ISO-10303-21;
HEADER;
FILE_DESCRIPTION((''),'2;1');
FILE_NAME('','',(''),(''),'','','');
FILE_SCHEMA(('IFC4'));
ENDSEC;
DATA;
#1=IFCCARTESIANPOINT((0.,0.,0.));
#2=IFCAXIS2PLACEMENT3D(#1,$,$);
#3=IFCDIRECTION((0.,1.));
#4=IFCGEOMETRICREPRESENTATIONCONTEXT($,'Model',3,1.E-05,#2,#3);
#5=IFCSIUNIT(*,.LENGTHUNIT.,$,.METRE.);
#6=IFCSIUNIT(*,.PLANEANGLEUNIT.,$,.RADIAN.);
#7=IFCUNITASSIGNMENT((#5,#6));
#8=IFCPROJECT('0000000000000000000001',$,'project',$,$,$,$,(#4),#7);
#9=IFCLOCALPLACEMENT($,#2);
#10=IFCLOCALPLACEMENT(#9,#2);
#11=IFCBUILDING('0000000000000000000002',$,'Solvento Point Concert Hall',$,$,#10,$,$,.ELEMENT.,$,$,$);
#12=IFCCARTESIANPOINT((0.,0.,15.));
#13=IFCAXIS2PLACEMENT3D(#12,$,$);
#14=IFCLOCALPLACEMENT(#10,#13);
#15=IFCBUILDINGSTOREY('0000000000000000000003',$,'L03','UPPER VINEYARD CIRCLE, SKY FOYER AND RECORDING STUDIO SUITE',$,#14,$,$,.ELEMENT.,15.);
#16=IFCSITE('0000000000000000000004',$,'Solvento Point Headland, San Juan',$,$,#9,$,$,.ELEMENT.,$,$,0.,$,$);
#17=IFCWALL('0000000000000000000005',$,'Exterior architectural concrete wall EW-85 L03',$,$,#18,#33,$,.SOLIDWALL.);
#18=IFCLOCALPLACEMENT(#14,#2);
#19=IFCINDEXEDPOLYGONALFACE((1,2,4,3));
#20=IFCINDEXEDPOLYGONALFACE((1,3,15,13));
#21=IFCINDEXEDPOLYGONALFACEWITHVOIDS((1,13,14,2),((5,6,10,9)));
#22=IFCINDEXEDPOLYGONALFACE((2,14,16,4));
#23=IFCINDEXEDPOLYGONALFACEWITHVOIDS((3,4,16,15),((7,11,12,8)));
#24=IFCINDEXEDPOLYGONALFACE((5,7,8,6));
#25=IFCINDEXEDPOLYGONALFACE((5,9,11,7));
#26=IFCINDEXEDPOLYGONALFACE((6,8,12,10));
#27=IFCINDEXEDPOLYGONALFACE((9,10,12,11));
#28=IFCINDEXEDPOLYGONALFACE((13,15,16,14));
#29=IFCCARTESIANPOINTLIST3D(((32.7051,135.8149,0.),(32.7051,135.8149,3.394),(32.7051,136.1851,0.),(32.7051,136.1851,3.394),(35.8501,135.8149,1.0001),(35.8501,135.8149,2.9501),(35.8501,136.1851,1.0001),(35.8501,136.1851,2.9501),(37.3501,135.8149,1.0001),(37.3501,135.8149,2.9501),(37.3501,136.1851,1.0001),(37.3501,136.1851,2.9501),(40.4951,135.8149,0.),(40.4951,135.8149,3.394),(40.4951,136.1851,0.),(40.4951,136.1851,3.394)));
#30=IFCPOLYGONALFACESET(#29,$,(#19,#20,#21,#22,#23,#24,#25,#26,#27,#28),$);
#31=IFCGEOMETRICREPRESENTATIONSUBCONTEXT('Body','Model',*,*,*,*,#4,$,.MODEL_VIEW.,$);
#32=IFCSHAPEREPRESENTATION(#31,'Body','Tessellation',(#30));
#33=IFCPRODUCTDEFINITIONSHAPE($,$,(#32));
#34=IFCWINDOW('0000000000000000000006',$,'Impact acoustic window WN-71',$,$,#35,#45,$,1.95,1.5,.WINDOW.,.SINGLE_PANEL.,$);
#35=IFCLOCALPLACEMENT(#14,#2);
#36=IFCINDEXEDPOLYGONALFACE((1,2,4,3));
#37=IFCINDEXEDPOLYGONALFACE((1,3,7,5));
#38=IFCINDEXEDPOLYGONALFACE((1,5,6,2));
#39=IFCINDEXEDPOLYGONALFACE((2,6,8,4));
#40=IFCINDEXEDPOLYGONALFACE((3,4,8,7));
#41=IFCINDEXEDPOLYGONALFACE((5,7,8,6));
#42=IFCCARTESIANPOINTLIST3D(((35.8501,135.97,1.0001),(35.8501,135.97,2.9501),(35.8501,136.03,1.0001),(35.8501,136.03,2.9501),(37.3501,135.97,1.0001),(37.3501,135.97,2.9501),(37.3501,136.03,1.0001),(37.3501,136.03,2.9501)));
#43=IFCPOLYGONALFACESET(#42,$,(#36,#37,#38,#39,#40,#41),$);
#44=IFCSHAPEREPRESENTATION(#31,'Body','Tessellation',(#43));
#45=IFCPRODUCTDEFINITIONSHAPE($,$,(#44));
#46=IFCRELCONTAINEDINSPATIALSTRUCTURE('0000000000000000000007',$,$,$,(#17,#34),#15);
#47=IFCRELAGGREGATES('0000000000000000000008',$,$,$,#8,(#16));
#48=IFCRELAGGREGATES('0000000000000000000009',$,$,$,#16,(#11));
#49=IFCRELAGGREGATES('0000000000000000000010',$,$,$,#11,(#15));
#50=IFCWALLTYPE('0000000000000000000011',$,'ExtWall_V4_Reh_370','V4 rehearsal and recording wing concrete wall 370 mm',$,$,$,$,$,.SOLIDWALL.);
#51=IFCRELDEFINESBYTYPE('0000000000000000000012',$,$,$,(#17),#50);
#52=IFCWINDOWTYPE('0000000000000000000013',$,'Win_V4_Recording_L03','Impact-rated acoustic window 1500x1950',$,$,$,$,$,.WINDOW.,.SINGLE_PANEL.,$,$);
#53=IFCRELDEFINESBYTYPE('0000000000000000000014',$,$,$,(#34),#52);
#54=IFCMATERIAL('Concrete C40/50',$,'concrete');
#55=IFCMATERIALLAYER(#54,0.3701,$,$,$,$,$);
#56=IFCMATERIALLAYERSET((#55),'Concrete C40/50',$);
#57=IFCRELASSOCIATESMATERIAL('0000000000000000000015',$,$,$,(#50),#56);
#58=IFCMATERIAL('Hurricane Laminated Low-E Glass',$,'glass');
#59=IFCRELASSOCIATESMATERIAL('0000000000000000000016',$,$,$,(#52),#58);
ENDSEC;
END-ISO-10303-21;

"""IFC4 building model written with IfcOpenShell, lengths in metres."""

from ifc_helpers import new_model, si_unit, direction, frame, frame_2d, origin, place, context, subcontext, project, spatial, rectangle, extrude, material, layer, layer_set, type_object, element, fill, save


model = new_model("IFC4")

# Units and contexts
model_context = context("Model", 3, precision=1e-05, world=origin(), true_north=direction((0.0, 1.0)))
body_context = subcontext(model_context, "Body", "Model", "MODEL_VIEW")
ifc_project = project(units=[si_unit("LENGTHUNIT", "METRE"), si_unit("PLANEANGLEUNIT", "RADIAN")], contexts=[model_context])

# Site, building, storey
site_placement = place(None, origin())
site = spatial("IfcSite", under=ifc_project, at=site_placement, Name="Solvento Point Headland, San Juan", CompositionType="ELEMENT", RefElevation=0.0)
building_placement = place(site_placement, origin())
building = spatial("IfcBuilding", under=site, at=building_placement, Name="Solvento Point Concert Hall", CompositionType="ELEMENT")
storey_placement = place(building_placement, frame((0.0, 0.0, 15.0)))
storey = spatial("IfcBuildingStorey", under=building, at=storey_placement, Name="L03", Description="UPPER VINEYARD CIRCLE, SKY FOYER AND RECORDING STUDIO SUITE", CompositionType="ELEMENT", Elevation=15.0)

# Wall, opening, window
ifc_material_1 = material(Name="Concrete C40/50", Category="concrete")
ifc_layer_1 = layer(ifc_material_1, 0.3701)
ifc_layer_set_1 = layer_set([ifc_layer_1], Name="Concrete C40/50")
wall_type_1 = type_object("IfcWallType", Name="ExtWall_V4_Reh_370", Description="V4 rehearsal and recording wing concrete wall 370 mm", PredefinedType="SOLIDWALL", material=ifc_layer_set_1)
ifc_material_2 = material(Name="Hurricane Laminated Low-E Glass", Category="glass")
window_type = type_object("IfcWindowType", Name="Win_V4_Recording_L03", Description="Impact-rated acoustic window 1500x1950", PartitioningType="SINGLE_PANEL", PredefinedType="WINDOW", material=ifc_material_2)
wall_1_placement = place(storey_placement, frame((32.7051, 136.0, 0.0), z_axis=(0.0, 0.0, 1.0), x_axis=(1.0, 0.0, 0.0)))
wall_1 = element("IfcWall", 1, at=wall_1_placement, inside=storey, type_object=wall_type_1, Name="Exterior architectural concrete wall EW-85 L03", PredefinedType="SOLIDWALL", context=body_context, shape_type="SweptSolid", body=[
    extrude(rectangle(XDim=7.79, YDim=0.3701, at=frame_2d((3.895, 0.0))), origin(), (0.0, 0.0, 1.0), 3.394),
])
opening_1_placement = place(wall_1_placement, frame((3.145, 0.0, 1.0)))
opening_1 = element("IfcOpeningElement", 2, at=opening_1_placement, cuts=wall_1, PredefinedType="OPENING", context=body_context, shape_type="SweptSolid", body=[
    extrude(rectangle(XDim=1.5, YDim=1.95, at=frame_2d((0.75, 0.9751))), frame((0.0, 0.1951, 0.0), z_axis=(0.0, -1.0, 0.0), x_axis=(1.0, 0.0, 0.0)), (0.0, 0.0, 1.0), 0.3901),
])
window_1_placement = place(opening_1_placement, origin())
window_1 = element("IfcWindow", 3, at=window_1_placement, inside=storey, type_object=window_type, Name="Impact acoustic window WN-71", OverallHeight=1.95, OverallWidth=1.5, PartitioningType="SINGLE_PANEL", PredefinedType="WINDOW", context=body_context, shape_type="SweptSolid", body=[
    extrude(rectangle(XDim=1.5, YDim=1.95, at=frame_2d((0.75, 0.9751))), frame((0.0, 0.03, 0.0), z_axis=(0.0, -1.0, 0.0), x_axis=(1.0, 0.0, 0.0)), (0.0, 0.0, 1.0), 0.0601),
])
fill(opening_1, window_1)

save(model, "model.ifc")
